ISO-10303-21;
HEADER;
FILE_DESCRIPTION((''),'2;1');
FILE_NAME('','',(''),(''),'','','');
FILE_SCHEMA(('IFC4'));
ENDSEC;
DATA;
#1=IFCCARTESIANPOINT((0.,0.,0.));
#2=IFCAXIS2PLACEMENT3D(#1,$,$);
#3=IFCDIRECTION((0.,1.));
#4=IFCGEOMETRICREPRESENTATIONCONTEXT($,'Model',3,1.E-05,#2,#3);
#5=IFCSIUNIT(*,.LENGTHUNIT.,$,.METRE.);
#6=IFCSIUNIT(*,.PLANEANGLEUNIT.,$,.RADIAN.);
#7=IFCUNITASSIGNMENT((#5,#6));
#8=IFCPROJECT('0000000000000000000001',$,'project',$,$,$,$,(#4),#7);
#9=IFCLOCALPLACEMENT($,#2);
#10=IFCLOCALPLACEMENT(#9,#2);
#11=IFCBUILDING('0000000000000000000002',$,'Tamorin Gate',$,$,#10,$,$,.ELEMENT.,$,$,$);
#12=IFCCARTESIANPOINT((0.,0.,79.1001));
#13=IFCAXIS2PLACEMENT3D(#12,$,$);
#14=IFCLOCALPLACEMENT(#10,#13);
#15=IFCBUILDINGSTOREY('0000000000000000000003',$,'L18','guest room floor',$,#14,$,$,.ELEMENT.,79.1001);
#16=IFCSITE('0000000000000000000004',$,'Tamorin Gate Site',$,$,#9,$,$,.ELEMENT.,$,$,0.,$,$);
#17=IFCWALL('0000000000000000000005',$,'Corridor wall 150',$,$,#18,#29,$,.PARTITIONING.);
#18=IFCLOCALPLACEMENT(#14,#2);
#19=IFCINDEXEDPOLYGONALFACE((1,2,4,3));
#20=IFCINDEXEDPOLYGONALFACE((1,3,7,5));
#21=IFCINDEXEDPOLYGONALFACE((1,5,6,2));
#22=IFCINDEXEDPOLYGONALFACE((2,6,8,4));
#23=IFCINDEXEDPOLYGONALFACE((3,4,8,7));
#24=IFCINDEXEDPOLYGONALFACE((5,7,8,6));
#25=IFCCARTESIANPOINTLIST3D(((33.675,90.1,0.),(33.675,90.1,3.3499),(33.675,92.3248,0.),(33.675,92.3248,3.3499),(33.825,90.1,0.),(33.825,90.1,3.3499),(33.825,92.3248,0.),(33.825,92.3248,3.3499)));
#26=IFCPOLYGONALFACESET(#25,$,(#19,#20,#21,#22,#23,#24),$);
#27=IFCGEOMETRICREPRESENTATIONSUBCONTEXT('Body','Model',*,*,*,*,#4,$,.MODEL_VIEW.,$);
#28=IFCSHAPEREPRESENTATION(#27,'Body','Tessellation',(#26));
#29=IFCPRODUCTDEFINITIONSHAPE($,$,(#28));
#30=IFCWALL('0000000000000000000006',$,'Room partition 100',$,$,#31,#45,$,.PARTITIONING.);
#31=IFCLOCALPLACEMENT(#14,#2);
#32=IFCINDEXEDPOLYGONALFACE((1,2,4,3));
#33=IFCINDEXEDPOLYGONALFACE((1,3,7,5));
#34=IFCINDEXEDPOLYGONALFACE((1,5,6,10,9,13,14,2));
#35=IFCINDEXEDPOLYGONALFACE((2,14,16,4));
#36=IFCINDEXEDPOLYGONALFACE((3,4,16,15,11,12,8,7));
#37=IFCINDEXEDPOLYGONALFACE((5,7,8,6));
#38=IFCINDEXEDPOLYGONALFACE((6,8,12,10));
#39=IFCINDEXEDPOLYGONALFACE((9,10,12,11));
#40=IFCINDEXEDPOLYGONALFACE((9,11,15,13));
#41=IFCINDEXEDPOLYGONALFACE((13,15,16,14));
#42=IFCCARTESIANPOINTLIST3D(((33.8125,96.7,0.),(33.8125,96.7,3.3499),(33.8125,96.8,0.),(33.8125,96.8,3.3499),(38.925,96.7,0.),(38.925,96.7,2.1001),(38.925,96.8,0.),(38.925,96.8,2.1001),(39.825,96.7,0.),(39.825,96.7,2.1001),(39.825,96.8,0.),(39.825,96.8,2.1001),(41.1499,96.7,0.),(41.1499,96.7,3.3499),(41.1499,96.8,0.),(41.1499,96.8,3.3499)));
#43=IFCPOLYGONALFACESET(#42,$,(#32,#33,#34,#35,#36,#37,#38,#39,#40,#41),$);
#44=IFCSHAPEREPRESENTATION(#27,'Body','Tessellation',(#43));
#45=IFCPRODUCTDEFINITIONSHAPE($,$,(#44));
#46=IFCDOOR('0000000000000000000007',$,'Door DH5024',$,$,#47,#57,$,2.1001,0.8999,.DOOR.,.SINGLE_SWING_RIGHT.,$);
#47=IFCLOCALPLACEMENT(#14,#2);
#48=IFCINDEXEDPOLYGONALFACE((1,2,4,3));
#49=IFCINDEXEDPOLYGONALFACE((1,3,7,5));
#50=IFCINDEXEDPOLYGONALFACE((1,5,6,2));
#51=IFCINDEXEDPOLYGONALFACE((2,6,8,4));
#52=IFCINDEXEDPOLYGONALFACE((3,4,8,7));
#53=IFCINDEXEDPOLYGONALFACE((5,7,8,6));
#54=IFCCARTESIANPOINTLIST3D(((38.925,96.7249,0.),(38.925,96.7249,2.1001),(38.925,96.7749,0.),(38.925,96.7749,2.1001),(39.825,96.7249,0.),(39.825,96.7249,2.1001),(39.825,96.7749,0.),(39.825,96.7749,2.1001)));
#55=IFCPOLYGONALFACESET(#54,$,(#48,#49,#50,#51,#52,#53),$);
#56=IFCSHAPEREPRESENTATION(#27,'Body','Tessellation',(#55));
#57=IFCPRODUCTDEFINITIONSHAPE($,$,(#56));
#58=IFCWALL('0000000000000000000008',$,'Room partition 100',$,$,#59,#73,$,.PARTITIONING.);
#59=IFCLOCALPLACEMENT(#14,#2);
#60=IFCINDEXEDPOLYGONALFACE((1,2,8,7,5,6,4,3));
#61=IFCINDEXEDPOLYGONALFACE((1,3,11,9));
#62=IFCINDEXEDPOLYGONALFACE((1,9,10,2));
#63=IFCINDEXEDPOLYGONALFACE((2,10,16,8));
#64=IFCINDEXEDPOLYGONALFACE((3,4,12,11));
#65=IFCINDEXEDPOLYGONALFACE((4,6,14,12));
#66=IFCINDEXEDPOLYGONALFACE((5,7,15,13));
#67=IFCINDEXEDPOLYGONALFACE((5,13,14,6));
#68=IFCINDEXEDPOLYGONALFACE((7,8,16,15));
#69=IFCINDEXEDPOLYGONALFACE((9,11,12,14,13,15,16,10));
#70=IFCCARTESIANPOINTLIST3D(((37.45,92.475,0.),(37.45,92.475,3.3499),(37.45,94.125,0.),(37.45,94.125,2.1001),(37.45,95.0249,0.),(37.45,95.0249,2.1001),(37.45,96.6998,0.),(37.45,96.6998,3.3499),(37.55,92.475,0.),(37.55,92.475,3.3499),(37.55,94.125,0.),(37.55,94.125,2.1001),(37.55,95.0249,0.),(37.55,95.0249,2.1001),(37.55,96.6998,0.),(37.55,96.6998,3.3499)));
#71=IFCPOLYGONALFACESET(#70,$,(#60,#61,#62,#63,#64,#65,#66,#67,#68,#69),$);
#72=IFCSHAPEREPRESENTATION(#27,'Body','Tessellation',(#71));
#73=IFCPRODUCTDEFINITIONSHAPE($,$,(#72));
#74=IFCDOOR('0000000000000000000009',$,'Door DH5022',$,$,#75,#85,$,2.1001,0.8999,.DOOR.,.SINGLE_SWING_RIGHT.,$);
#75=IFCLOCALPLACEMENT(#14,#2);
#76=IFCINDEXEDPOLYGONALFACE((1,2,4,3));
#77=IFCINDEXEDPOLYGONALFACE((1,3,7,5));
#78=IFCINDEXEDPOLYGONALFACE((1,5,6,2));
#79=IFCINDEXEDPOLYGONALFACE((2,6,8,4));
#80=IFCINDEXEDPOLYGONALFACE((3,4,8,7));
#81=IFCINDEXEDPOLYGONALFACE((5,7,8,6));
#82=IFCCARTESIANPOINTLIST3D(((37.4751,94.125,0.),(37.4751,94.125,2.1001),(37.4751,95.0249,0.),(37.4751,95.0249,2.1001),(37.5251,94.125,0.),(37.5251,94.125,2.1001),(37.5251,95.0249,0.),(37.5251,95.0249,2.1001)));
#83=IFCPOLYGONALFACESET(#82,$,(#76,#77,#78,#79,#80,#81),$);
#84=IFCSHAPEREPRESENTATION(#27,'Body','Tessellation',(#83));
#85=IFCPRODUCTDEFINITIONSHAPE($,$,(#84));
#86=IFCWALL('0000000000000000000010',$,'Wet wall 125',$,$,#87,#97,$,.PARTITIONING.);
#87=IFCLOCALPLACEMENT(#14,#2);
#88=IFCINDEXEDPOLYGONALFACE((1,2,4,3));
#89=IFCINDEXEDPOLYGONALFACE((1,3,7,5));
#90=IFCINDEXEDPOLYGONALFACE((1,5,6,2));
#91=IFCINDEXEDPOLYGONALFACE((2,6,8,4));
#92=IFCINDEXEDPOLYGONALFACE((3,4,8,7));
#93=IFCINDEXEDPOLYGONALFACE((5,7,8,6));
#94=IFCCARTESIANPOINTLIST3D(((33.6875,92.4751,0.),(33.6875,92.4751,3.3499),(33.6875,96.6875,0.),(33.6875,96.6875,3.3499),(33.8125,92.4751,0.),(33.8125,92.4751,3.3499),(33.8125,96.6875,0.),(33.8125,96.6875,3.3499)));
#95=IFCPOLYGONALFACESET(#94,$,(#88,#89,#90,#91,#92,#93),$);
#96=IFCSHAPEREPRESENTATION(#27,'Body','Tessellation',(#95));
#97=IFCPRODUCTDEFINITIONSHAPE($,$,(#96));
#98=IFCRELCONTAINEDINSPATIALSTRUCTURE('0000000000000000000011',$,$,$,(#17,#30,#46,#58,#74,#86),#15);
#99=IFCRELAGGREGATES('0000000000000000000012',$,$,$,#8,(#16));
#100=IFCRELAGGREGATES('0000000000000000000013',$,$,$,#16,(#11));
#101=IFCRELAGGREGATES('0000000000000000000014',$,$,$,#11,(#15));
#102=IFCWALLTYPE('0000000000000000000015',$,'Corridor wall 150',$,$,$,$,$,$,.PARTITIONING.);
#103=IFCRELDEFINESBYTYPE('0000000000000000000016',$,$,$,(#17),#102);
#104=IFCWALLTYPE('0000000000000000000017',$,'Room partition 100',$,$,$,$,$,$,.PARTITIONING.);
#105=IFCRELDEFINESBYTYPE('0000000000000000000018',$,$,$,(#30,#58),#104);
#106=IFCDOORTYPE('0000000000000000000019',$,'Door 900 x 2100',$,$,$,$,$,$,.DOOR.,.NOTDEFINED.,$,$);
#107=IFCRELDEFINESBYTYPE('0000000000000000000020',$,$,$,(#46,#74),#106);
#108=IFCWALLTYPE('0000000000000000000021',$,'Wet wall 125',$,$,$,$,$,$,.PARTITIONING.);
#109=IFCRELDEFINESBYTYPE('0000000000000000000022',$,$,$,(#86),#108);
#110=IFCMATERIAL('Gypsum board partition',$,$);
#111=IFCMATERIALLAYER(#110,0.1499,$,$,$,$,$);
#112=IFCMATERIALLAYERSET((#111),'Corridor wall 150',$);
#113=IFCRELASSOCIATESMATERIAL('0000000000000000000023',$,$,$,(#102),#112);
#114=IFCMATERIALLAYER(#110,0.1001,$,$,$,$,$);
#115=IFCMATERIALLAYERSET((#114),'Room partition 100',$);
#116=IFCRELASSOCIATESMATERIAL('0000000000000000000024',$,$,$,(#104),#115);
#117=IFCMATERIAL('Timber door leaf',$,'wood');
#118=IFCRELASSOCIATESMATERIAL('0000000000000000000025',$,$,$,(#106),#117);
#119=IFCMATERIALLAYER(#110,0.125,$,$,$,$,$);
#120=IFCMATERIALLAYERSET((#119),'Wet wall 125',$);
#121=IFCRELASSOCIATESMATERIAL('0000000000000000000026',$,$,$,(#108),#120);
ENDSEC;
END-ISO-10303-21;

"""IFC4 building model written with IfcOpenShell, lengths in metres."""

from ifc_helpers import new_model, si_unit, direction, frame, frame_2d, origin, place, context, subcontext, project, spatial, rectangle, extrude, material, layer, layer_set, type_object, element, fill, save


model = new_model("IFC4")

# Units and contexts
model_context = context("Model", 3, precision=1e-05, world=origin(), true_north=direction((0.0, 1.0)))
body_context = subcontext(model_context, "Body", "Model", "MODEL_VIEW")
ifc_project = project(units=[si_unit("LENGTHUNIT", "METRE"), si_unit("PLANEANGLEUNIT", "RADIAN")], contexts=[model_context])

# Site, building, storey
site_placement = place(None, origin())
site = spatial("IfcSite", under=ifc_project, at=site_placement, Name="Tamorin Gate Site", CompositionType="ELEMENT", RefElevation=0.0)
building_placement = place(site_placement, origin())
building = spatial("IfcBuilding", under=site, at=building_placement, Name="Tamorin Gate", CompositionType="ELEMENT")
storey_placement = place(building_placement, frame((0.0, 0.0, 79.1001)))
storey = spatial("IfcBuildingStorey", under=building, at=storey_placement, Name="L18", Description="guest room floor", CompositionType="ELEMENT", Elevation=79.1001)

# Shared definitions
ifc_material_1 = material(Name="Gypsum board partition")
ifc_layer_1 = layer(ifc_material_1, 0.1499)
ifc_layer_set_1 = layer_set([ifc_layer_1], Name="Corridor wall 150")
wall_type_1 = type_object("IfcWallType", Name="Corridor wall 150", PredefinedType="PARTITIONING", material=ifc_layer_set_1)
ifc_material_2 = material(Name="Timber door leaf", Category="wood")

# Wall
wall_1_placement = place(storey_placement, frame((33.75, 90.1001, 0.0), z_axis=(0.0, 0.0, 1.0), x_axis=(0.0, 1.0, 0.0)))
element("IfcWall", 1, at=wall_1_placement, inside=storey, type_object=wall_type_1, Name="Corridor wall 150", PredefinedType="PARTITIONING", context=body_context, shape_type="SweptSolid", body=[
    extrude(rectangle(XDim=2.2249, YDim=0.1499, at=frame_2d((1.1123, 0.0))), origin(), (0.0, 0.0, 1.0), 3.3499),
])

# Walls, openings, doors
ifc_layer_2 = layer(ifc_material_1, 0.1001)
ifc_layer_set_2 = layer_set([ifc_layer_2], Name="Room partition 100")
wall_type_2 = type_object("IfcWallType", Name="Room partition 100", PredefinedType="PARTITIONING", material=ifc_layer_set_2)
wall_2_placement = place(storey_placement, frame((33.8125, 96.75, 0.0), z_axis=(0.0, 0.0, 1.0), x_axis=(1.0, 0.0, 0.0)))
wall_2 = element("IfcWall", 2, at=wall_2_placement, inside=storey, type_object=wall_type_2, Name="Room partition 100", PredefinedType="PARTITIONING", context=body_context, shape_type="SweptSolid", body=[
    extrude(rectangle(XDim=7.3374, YDim=0.1001, at=frame_2d((3.6687, 0.0))), origin(), (0.0, 0.0, 1.0), 3.3499),
])
opening_1_placement = place(wall_2_placement, frame((5.1125, 0.0, 0.0)))
opening_1 = element("IfcOpeningElement", 3, at=opening_1_placement, cuts=wall_2, PredefinedType="OPENING", context=body_context, shape_type="SweptSolid", body=[
    extrude(rectangle(XDim=0.8999, YDim=2.1001, at=frame_2d((0.45, 1.05))), frame((0.0, 0.0601, 0.0), z_axis=(0.0, -1.0, 0.0), x_axis=(1.0, 0.0, 0.0)), (0.0, 0.0, 1.0), 0.1201),
])
door_type_1 = type_object("IfcDoorType", Name="Door 900 x 2100", OperationType="NOTDEFINED", PredefinedType="DOOR", material=ifc_material_2)
door_1_placement = place(opening_1_placement, origin())
door_1 = element("IfcDoor", 4, at=door_1_placement, inside=storey, type_object=door_type_1, Name="Door DH5024", OperationType="SINGLE_SWING_RIGHT", OverallHeight=2.1001, OverallWidth=0.8999, PredefinedType="DOOR", context=body_context, shape_type="SweptSolid", body=[
    extrude(rectangle(XDim=0.8999, YDim=2.1001, at=frame_2d((0.45, 1.05))), frame((0.0, 0.0249, 0.0), z_axis=(0.0, -1.0, 0.0), x_axis=(1.0, 0.0, 0.0)), (0.0, 0.0, 1.0), 0.05),
])
fill(opening_1, door_1)
wall_3_placement = place(storey_placement, frame((37.5, 92.4751, 0.0), z_axis=(0.0, 0.0, 1.0), x_axis=(0.0, 1.0, 0.0)))
wall_3 = element("IfcWall", 5, at=wall_3_placement, inside=storey, type_object=wall_type_2, Name="Room partition 100", PredefinedType="PARTITIONING", context=body_context, shape_type="SweptSolid", body=[
    extrude(rectangle(XDim=4.2249, YDim=0.1001, at=frame_2d((2.1123, 0.0))), origin(), (0.0, 0.0, 1.0), 3.3499),
])
opening_2_placement = place(wall_3_placement, frame((1.6499, 0.0, 0.0)))
opening_2 = element("IfcOpeningElement", 6, at=opening_2_placement, cuts=wall_3, PredefinedType="OPENING", context=body_context, shape_type="SweptSolid", body=[
    extrude(rectangle(XDim=0.8999, YDim=2.1001, at=frame_2d((0.45, 1.05))), frame((0.0, 0.0601, 0.0), z_axis=(0.0, -1.0, 0.0), x_axis=(1.0, 0.0, 0.0)), (0.0, 0.0, 1.0), 0.1201),
])
door_2_placement = place(opening_2_placement, origin())
door_2 = element("IfcDoor", 7, at=door_2_placement, inside=storey, type_object=door_type_1, Name="Door DH5022", OperationType="SINGLE_SWING_RIGHT", OverallHeight=2.1001, OverallWidth=0.8999, PredefinedType="DOOR", context=body_context, shape_type="SweptSolid", body=[
    extrude(rectangle(XDim=0.8999, YDim=2.1001, at=frame_2d((0.45, 1.05))), frame((0.0, 0.0249, 0.0), z_axis=(0.0, -1.0, 0.0), x_axis=(1.0, 0.0, 0.0)), (0.0, 0.0, 1.0), 0.05),
])
fill(opening_2, door_2)

# Wall
ifc_layer_3 = layer(ifc_material_1, 0.125)
ifc_layer_set_3 = layer_set([ifc_layer_3], Name="Wet wall 125")
wall_type_3 = type_object("IfcWallType", Name="Wet wall 125", PredefinedType="PARTITIONING", material=ifc_layer_set_3)
wall_4_placement = place(storey_placement, frame((33.75, 92.4751, 0.0), z_axis=(0.0, 0.0, 1.0), x_axis=(0.0, 1.0, 0.0)))
element("IfcWall", 8, at=wall_4_placement, inside=storey, type_object=wall_type_3, Name="Wet wall 125", PredefinedType="PARTITIONING", context=body_context, shape_type="SweptSolid", body=[
    extrude(rectangle(XDim=4.2124, YDim=0.125, at=frame_2d((2.1062, 0.0))), origin(), (0.0, 0.0, 1.0), 3.3499),
])

save(model, "model.ifc")
